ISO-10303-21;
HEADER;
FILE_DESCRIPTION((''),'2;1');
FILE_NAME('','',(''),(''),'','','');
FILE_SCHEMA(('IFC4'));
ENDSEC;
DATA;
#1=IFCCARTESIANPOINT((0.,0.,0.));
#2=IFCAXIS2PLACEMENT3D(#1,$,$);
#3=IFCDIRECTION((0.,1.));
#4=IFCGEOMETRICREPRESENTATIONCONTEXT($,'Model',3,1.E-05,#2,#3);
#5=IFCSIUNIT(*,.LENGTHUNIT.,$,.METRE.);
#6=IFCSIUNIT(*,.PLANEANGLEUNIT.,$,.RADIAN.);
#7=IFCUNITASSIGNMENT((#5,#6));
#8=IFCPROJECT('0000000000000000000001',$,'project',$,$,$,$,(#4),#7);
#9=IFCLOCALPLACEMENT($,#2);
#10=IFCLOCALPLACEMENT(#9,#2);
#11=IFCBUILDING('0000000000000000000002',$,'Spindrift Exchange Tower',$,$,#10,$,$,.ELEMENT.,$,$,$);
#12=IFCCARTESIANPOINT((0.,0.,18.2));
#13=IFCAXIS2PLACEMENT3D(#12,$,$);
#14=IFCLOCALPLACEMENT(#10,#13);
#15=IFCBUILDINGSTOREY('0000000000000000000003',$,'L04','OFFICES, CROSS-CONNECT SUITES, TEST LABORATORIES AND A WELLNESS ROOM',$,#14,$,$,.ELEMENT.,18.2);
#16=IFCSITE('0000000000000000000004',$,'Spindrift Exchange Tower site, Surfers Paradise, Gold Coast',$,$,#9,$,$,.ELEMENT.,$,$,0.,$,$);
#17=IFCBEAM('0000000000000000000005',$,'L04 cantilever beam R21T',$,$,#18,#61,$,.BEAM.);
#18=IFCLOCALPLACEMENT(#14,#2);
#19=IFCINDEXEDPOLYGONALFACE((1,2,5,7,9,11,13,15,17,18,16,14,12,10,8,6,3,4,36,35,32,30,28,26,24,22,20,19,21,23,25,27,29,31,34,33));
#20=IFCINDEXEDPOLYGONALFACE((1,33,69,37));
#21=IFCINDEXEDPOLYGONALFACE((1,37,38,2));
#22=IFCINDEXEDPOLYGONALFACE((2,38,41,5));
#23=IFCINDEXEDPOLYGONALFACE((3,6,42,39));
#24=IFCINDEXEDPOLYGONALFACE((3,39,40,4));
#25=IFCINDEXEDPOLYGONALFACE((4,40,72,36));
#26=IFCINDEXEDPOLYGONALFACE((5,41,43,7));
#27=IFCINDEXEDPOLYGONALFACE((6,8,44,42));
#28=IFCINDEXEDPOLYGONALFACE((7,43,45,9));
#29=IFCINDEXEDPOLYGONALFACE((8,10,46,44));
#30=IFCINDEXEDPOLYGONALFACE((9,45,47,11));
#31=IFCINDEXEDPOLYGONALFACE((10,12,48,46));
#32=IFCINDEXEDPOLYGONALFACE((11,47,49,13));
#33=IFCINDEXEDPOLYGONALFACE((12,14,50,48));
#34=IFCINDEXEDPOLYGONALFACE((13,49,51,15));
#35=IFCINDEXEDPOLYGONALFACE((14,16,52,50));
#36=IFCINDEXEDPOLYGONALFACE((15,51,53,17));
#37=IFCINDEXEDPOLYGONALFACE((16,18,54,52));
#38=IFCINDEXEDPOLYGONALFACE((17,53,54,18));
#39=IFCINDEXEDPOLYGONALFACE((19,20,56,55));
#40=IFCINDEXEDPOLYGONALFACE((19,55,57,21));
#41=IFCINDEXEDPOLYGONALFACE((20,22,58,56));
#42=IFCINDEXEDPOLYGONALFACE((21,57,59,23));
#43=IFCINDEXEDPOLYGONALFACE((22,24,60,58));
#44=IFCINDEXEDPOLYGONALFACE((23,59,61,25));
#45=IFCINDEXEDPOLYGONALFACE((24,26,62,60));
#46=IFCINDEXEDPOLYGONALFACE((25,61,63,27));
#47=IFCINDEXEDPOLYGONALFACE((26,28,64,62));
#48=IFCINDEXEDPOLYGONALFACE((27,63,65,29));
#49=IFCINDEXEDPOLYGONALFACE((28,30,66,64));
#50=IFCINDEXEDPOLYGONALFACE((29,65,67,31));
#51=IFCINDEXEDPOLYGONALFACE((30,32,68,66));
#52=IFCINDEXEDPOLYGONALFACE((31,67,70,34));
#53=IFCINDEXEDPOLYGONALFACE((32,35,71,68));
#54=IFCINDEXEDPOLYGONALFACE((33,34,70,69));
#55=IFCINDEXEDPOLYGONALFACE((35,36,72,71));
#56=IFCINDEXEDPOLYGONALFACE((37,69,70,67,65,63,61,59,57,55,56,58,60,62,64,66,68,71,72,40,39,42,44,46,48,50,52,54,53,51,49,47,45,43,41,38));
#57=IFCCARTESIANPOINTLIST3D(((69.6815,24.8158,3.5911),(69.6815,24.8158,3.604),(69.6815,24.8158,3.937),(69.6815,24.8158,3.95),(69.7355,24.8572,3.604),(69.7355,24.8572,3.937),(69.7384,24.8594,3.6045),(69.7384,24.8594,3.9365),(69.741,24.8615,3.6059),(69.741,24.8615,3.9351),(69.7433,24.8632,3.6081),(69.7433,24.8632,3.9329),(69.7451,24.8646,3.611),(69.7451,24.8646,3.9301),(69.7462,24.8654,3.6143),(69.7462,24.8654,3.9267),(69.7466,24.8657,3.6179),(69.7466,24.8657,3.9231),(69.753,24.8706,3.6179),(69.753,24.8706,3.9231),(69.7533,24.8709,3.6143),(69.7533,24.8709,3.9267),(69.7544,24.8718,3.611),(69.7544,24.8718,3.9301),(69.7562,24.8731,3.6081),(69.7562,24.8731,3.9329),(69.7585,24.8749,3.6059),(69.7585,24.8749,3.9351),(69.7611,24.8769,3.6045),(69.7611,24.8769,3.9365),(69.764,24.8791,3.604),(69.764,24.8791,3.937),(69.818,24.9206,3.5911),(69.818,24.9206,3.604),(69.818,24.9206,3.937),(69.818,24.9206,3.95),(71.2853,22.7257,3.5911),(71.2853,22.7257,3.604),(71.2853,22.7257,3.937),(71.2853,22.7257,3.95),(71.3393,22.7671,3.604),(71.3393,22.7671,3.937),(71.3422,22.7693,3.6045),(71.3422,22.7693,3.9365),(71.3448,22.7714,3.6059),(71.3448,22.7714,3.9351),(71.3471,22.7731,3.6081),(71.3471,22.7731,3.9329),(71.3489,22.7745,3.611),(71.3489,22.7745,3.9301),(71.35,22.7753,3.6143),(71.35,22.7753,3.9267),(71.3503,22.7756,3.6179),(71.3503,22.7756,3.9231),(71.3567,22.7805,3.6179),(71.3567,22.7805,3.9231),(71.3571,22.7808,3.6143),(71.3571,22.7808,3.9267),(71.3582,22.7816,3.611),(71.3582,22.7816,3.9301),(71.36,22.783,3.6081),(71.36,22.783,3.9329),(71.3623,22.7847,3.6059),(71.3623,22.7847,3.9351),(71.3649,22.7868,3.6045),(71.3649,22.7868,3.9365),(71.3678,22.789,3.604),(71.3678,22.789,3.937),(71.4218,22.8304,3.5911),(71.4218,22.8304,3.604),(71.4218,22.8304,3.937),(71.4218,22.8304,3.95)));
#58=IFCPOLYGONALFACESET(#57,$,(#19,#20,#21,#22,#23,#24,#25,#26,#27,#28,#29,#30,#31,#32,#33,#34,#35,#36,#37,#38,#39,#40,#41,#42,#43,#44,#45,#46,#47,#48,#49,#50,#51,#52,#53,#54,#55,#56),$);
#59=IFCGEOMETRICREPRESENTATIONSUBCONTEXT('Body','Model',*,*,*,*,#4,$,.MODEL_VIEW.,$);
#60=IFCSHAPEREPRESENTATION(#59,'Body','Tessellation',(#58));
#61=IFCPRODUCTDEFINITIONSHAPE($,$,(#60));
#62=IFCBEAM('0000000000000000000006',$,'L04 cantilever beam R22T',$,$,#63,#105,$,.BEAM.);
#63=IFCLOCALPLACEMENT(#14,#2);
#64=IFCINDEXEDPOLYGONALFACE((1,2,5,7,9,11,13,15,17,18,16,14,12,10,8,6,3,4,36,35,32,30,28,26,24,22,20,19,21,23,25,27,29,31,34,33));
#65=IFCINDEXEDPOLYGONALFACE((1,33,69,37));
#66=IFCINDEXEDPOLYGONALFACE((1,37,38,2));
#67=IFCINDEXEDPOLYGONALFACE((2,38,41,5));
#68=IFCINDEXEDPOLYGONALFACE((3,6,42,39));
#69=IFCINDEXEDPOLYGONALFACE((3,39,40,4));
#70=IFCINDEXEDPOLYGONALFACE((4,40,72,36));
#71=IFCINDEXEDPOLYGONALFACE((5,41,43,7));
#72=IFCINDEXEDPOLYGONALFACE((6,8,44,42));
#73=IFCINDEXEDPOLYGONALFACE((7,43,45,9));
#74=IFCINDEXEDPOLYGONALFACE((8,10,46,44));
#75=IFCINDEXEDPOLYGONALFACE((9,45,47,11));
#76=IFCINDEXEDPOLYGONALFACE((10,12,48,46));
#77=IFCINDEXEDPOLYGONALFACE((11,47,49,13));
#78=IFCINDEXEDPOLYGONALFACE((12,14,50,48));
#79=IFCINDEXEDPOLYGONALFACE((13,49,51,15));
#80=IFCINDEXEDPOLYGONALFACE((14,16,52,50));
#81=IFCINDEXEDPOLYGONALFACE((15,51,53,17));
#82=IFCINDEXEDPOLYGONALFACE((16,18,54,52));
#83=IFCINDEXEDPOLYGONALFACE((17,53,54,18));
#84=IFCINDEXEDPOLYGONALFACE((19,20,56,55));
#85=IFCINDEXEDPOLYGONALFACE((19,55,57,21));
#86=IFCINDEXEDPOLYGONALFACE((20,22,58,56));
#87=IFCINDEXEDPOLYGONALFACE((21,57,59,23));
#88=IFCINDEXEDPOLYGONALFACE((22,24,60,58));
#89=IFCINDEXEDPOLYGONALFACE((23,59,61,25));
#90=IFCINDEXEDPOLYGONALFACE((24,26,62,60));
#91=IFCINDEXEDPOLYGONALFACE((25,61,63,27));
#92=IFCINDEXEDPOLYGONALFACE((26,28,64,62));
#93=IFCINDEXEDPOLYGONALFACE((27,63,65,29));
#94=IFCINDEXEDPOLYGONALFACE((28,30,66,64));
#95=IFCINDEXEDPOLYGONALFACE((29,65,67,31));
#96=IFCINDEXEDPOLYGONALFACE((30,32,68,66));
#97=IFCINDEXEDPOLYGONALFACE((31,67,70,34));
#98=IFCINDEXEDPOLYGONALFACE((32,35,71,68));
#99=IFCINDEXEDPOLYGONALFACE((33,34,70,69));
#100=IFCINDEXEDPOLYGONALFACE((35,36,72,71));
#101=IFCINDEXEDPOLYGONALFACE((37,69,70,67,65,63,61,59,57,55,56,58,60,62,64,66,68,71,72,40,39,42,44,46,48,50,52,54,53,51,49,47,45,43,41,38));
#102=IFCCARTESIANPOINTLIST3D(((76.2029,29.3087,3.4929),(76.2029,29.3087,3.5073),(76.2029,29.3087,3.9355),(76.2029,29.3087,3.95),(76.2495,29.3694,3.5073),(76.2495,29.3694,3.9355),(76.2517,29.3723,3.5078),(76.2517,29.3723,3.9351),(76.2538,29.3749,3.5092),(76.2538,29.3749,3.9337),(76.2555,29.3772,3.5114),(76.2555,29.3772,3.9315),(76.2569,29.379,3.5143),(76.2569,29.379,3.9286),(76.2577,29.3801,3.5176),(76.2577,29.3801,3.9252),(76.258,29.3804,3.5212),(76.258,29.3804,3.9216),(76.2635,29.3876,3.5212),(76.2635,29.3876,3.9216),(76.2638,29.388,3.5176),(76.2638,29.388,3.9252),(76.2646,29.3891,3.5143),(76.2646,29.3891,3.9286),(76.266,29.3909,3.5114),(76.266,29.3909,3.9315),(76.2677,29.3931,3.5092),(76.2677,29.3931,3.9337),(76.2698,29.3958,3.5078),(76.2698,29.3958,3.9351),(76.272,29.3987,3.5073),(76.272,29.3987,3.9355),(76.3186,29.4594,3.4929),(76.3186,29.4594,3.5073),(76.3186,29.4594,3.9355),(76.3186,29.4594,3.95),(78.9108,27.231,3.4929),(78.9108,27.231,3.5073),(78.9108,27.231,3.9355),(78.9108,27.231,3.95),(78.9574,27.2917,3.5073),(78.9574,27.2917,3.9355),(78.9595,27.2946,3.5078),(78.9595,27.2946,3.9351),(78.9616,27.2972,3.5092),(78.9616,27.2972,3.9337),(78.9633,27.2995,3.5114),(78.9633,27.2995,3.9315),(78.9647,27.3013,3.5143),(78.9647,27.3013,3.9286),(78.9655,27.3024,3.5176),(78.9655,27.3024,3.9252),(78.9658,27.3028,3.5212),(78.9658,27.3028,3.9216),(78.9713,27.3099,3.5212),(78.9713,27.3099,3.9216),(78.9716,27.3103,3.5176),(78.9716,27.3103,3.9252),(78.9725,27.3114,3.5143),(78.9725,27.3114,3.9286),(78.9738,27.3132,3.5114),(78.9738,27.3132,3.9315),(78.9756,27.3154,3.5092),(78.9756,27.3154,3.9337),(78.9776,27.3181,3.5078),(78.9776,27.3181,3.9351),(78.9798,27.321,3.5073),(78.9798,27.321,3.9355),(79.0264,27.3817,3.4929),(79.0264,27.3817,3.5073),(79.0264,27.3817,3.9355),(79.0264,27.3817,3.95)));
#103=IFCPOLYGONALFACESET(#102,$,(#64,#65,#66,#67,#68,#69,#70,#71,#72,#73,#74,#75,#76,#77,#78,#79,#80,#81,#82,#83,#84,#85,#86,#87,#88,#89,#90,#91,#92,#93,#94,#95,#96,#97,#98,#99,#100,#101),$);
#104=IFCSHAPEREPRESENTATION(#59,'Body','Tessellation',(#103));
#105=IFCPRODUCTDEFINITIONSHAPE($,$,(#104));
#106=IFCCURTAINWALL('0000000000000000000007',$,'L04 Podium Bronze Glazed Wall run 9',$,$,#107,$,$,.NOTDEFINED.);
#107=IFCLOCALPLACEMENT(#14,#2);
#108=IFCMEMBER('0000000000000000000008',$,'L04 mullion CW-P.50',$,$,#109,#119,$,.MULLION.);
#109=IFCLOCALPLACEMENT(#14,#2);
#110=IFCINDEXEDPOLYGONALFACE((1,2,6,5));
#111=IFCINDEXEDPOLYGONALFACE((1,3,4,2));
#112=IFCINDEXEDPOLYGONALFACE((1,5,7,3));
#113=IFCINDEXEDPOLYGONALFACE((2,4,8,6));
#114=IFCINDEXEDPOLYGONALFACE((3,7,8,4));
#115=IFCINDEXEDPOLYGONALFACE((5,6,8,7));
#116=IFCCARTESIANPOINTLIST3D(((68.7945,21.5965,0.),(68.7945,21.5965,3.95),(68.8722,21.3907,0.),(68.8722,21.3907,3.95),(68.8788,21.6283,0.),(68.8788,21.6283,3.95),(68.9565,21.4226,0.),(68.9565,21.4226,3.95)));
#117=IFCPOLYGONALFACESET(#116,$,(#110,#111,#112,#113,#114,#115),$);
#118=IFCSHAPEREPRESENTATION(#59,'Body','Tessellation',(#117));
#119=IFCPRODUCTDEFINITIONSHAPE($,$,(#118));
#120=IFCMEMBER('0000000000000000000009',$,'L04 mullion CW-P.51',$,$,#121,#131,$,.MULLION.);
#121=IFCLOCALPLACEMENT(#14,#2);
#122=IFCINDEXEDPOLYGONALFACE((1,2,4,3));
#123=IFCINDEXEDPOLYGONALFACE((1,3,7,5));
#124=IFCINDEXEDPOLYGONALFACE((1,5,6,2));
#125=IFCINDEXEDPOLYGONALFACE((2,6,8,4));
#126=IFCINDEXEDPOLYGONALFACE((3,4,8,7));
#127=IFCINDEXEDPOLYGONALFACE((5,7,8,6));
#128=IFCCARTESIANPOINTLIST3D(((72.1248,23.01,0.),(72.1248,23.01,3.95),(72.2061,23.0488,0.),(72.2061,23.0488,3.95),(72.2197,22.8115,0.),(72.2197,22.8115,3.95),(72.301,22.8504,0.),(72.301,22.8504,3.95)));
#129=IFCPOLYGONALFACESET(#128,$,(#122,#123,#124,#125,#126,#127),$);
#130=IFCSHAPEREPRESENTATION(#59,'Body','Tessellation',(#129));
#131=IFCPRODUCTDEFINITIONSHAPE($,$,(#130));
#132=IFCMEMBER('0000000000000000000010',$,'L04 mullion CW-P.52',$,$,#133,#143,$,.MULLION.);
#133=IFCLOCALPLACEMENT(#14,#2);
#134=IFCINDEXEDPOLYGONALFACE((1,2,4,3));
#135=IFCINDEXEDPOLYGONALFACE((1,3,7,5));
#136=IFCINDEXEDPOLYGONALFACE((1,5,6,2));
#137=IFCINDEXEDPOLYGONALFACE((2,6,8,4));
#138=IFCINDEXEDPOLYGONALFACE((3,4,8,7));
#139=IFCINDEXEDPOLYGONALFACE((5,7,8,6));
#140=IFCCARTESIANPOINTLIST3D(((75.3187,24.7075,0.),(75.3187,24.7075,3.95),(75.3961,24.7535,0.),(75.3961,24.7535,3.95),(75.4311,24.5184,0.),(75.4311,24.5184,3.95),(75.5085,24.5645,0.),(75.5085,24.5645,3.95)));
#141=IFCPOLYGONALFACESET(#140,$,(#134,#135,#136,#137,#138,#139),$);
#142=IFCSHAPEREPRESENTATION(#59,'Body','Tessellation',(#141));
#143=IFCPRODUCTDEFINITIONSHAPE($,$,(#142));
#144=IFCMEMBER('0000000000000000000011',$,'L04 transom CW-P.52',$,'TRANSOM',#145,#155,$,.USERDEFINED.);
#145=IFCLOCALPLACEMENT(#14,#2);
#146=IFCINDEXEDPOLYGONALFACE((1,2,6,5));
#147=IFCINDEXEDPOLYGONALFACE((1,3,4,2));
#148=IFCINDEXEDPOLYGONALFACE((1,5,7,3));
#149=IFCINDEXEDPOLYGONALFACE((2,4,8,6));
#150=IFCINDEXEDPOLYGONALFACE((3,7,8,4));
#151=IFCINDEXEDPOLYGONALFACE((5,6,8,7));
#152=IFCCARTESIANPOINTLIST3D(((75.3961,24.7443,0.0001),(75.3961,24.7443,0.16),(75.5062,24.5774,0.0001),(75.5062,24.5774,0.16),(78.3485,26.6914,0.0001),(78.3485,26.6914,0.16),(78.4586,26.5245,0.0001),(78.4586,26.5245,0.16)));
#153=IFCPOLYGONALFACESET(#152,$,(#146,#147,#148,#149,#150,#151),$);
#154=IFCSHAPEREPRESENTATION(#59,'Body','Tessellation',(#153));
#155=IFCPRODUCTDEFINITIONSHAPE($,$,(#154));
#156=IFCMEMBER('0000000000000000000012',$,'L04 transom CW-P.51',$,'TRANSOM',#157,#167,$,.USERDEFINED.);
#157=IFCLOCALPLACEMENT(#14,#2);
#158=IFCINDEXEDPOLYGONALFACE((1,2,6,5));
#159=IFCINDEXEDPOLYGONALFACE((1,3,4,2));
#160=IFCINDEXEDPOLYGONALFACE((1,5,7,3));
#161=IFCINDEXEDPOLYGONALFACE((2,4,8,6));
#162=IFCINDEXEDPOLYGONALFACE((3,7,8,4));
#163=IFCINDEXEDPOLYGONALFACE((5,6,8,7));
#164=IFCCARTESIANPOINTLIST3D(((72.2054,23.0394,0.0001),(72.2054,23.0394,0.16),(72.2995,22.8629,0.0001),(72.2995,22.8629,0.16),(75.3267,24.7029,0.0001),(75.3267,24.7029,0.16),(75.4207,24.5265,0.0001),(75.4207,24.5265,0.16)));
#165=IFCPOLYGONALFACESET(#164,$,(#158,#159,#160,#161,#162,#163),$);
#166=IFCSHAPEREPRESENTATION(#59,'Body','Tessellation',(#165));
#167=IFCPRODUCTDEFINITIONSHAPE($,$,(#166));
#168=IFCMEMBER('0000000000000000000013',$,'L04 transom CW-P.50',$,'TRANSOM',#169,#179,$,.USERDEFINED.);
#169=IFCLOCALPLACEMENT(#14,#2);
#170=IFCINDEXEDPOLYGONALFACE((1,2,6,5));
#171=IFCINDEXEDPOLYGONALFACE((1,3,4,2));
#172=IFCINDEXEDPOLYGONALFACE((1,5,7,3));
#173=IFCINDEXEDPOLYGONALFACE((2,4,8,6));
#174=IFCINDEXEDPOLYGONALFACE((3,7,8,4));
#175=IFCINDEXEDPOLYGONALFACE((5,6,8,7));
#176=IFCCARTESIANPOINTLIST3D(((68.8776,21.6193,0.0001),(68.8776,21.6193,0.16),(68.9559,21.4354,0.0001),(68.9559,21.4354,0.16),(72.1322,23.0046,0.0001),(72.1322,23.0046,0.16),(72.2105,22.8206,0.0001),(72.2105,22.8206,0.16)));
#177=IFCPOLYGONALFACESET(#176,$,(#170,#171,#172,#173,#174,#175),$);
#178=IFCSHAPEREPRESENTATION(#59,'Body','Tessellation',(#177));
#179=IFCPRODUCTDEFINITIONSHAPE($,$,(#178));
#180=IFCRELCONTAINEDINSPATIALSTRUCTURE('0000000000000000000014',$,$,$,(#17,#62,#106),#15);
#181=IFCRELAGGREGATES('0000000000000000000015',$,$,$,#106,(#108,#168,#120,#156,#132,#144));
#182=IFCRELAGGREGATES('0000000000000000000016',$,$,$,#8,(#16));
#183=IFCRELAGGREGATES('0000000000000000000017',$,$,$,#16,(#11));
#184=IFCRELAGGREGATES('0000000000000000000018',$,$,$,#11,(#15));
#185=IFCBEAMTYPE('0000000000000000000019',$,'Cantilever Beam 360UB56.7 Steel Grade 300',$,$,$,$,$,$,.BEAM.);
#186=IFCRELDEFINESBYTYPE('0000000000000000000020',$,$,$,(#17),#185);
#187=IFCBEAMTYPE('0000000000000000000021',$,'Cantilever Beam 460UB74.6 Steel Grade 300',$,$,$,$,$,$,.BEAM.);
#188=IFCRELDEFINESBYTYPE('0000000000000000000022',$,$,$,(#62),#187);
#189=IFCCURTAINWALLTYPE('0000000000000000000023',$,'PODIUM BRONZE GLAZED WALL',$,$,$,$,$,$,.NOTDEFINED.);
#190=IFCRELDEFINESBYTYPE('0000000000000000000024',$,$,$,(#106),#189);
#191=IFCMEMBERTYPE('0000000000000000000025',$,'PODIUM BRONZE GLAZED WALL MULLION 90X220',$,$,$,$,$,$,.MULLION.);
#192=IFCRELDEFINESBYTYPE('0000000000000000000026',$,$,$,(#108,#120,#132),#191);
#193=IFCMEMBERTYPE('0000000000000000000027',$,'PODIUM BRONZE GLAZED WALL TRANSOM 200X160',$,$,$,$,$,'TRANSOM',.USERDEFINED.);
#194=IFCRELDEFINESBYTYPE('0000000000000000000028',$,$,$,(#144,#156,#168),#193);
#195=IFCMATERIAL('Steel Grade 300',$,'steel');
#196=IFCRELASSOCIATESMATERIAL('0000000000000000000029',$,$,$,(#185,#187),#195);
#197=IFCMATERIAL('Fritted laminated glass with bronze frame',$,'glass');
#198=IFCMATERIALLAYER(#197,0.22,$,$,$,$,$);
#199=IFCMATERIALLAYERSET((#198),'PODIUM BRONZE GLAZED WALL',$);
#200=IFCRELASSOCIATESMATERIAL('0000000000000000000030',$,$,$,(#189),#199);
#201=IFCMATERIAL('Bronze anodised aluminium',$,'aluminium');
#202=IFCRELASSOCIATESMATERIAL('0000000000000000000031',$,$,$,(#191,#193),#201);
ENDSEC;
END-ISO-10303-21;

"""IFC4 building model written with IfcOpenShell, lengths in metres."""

from ifc_helpers import new_model, si_unit, direction, frame, origin, origin_2d, place, context, subcontext, project, spatial, rectangle, i_section, extrude, source, transform, mapped, material, layer, layer_set, material_profile, profile_set, type_object, element, aggregate, save


model = new_model("IFC4")

# Units and contexts
model_context = context("Model", 3, precision=1e-05, world=origin(), true_north=direction((0.0, 1.0)))
body_context = subcontext(model_context, "Body", "Model", "MODEL_VIEW")
ifc_project = project(units=[si_unit("LENGTHUNIT", "METRE"), si_unit("PLANEANGLEUNIT", "RADIAN")], contexts=[model_context])

# Site, building, storey
site_placement = place(None, origin())
site = spatial("IfcSite", under=ifc_project, at=site_placement, Name="Spindrift Exchange Tower site, Surfers Paradise, Gold Coast", CompositionType="ELEMENT", RefElevation=0.0)
building_placement = place(site_placement, origin())
building = spatial("IfcBuilding", under=site, at=building_placement, Name="Spindrift Exchange Tower", CompositionType="ELEMENT")
storey_placement = place(building_placement, frame((0.0, 0.0, 18.2)))
storey = spatial("IfcBuildingStorey", under=building, at=storey_placement, Name="L04", Description="OFFICES, CROSS-CONNECT SUITES, TEST LABORATORIES AND A WELLNESS ROOM", CompositionType="ELEMENT", Elevation=18.2)

# Beams
ifc_material_1 = material(Name="Steel Grade 300", Category="steel")
ifc_material_profile_1 = material_profile(ifc_material_1, i_section(OverallWidth=0.1721, OverallDepth=0.3589, WebThickness=0.0081, FlangeThickness=0.0129, FilletRadius=0.0139, at=origin_2d()), Name="360UB56.7")
ifc_profile_set_1 = profile_set([ifc_material_profile_1], Name="Steel Grade 300")
beam_type_1 = type_object("IfcBeamType", Name="Cantilever Beam 360UB56.7 Steel Grade 300", PredefinedType="BEAM", material=ifc_profile_set_1)
shared_shape_1 = source(origin(), body_context, "Body", "SweptSolid", [
    extrude(i_section(OverallWidth=0.1721, OverallDepth=0.3589, WebThickness=0.0081, FlangeThickness=0.0129, FilletRadius=0.0139, at=origin_2d()), origin(), (0.0, 0.0, 1.0), 2.6345),
])
beam_1_placement = place(storey_placement, frame((69.7498, 24.8682, 3.7705), z_axis=(0.608756, -0.793357, 0.0), x_axis=(0.793357, 0.608756, 0.0)))
element("IfcBeam", 1, at=beam_1_placement, inside=storey, type_object=beam_type_1, Name="L04 cantilever beam R21T", PredefinedType="BEAM", context=body_context, shape_type="MappedRepresentation", body=[
    mapped(shared_shape_1, transform((0.0, 0.0, 0.0), scale=1.0)),
])
ifc_material_profile_2 = material_profile(ifc_material_1, i_section(OverallWidth=0.1899, OverallDepth=0.457, WebThickness=0.009, FlangeThickness=0.0144, FilletRadius=0.0139, at=origin_2d()), Name="460UB74.6")
ifc_profile_set_2 = profile_set([ifc_material_profile_2], Name="Steel Grade 300")
beam_type_2 = type_object("IfcBeamType", Name="Cantilever Beam 460UB74.6 Steel Grade 300", PredefinedType="BEAM", material=ifc_profile_set_2)
shared_shape_2 = source(origin(), body_context, "Body", "SweptSolid", [
    extrude(i_section(OverallWidth=0.1899, OverallDepth=0.457, WebThickness=0.009, FlangeThickness=0.0144, FilletRadius=0.0139, at=origin_2d()), origin(), (0.0, 0.0, 1.0), 3.4131),
])
beam_2_placement = place(storey_placement, frame((76.2607, 29.384, 3.7214), z_axis=(0.793368, -0.608742, 0.0), x_axis=(0.608742, 0.793368, 0.0)))
element("IfcBeam", 2, at=beam_2_placement, inside=storey, type_object=beam_type_2, Name="L04 cantilever beam R22T", PredefinedType="BEAM", context=body_context, shape_type="MappedRepresentation", body=[
    mapped(shared_shape_2, transform((0.0, 0.0, 0.0), scale=1.0)),
])

# Curtain wall, members
ifc_material_2 = material(Name="Fritted laminated glass with bronze frame", Category="glass")
ifc_layer_1 = layer(ifc_material_2, 0.22)
ifc_layer_set_1 = layer_set([ifc_layer_1], Name="PODIUM BRONZE GLAZED WALL")
curtain_wall_type = type_object("IfcCurtainWallType", Name="PODIUM BRONZE GLAZED WALL", PredefinedType="NOTDEFINED", material=ifc_layer_set_1)
curtain_wall_placement = place(storey_placement, origin())
curtain_wall = element("IfcCurtainWall", 3, at=curtain_wall_placement, inside=storey, type_object=curtain_wall_type, Name="L04 Podium Bronze Glazed Wall run 9", PredefinedType="NOTDEFINED")
ifc_material_3 = material(Name="Bronze anodised aluminium", Category="aluminium")
ifc_material_profile_3 = material_profile(ifc_material_3, rectangle(XDim=0.0901, YDim=0.22, at=origin_2d()), Name="PODIUM BRONZE GLAZED WALL MULLION 90X220")
ifc_profile_set_3 = profile_set([ifc_material_profile_3], Name="Bronze anodised aluminium")
member_type_1 = type_object("IfcMemberType", Name="PODIUM BRONZE GLAZED WALL MULLION 90X220", PredefinedType="MULLION", material=ifc_profile_set_3)
shared_shape_3 = source(origin(), body_context, "Body", "SweptSolid", [
    extrude(rectangle(XDim=0.0901, YDim=0.22, at=origin_2d()), origin(), (0.0, 0.0, 1.0), 3.95),
])
member_1_placement = place(storey_placement, frame((68.8755, 21.5095, 0.0), z_axis=(0.0, 0.0, 1.0), x_axis=(0.935479, 0.353382, 0.0)))
member_1 = element("IfcMember", 4, at=member_1_placement, type_object=member_type_1, Name="L04 mullion CW-P.50", PredefinedType="MULLION", context=body_context, shape_type="MappedRepresentation", body=[
    mapped(shared_shape_3, transform((0.0, 0.0, 0.0), scale=1.0)),
])
member_2_placement = place(storey_placement, frame((72.2129, 22.9302, 0.0), z_axis=(0.0, 0.0, 1.0), x_axis=(0.902161, 0.431399, 0.0)))
member_2 = element("IfcMember", 5, at=member_2_placement, type_object=member_type_1, Name="L04 mullion CW-P.51", PredefinedType="MULLION", context=body_context, shape_type="MappedRepresentation", body=[
    mapped(shared_shape_3, transform((0.0, 0.0, 0.0), scale=1.0)),
])
member_3_placement = place(storey_placement, frame((75.4136, 24.636, 0.0), z_axis=(0.0, 0.0, 1.0), x_axis=(0.859577, 0.511007, 0.0)))
member_3 = element("IfcMember", 6, at=member_3_placement, type_object=member_type_1, Name="L04 mullion CW-P.52", PredefinedType="MULLION", context=body_context, shape_type="MappedRepresentation", body=[
    mapped(shared_shape_3, transform((0.0, 0.0, 0.0), scale=1.0)),
])
ifc_material_profile_4 = material_profile(ifc_material_3, rectangle(XDim=0.2, YDim=0.1599, at=origin_2d()), Name="PODIUM BRONZE GLAZED WALL TRANSOM 200X160")
ifc_profile_set_4 = profile_set([ifc_material_profile_4], Name="Bronze anodised aluminium")
member_type_2 = type_object("IfcMemberType", Name="PODIUM BRONZE GLAZED WALL TRANSOM 200X160", ElementType="TRANSOM", PredefinedType="USERDEFINED", material=ifc_profile_set_4)
shared_shape_4 = source(origin(), body_context, "Body", "SweptSolid", [
    extrude(rectangle(XDim=0.2, YDim=0.1599, at=origin_2d()), origin(), (0.0, 0.0, 1.0), 3.5366),
])
member_4_placement = place(storey_placement, frame((75.4512, 24.6609, 0.0801), z_axis=(0.834812, 0.550535, 0.0), x_axis=(-0.550535, 0.834812, 0.0)))
member_4 = element("IfcMember", 7, at=member_4_placement, type_object=member_type_2, Name="L04 transom CW-P.52", ObjectType="TRANSOM", PredefinedType="USERDEFINED", context=body_context, shape_type="MappedRepresentation", body=[
    mapped(shared_shape_4, transform((0.0, 0.0, 0.0), scale=1.0)),
])
shared_shape_5 = source(origin(), body_context, "Body", "SweptSolid", [
    extrude(rectangle(XDim=0.2, YDim=0.1599, at=origin_2d()), origin(), (0.0, 0.0, 1.0), 3.5369),
])
member_5_placement = place(storey_placement, frame((72.2524, 22.9512, 0.0801), z_axis=(0.882487, 0.470337, 0.0), x_axis=(-0.470337, 0.882487, 0.0)))
member_5 = element("IfcMember", 8, at=member_5_placement, type_object=member_type_2, Name="L04 transom CW-P.51", ObjectType="TRANSOM", PredefinedType="USERDEFINED", context=body_context, shape_type="MappedRepresentation", body=[
    mapped(shared_shape_5, transform((0.0, 0.0, 0.0), scale=1.0)),
])
shared_shape_6 = source(origin(), body_context, "Body", "SweptSolid", [
    extrude(rectangle(XDim=0.2, YDim=0.1599, at=origin_2d()), origin(), (0.0, 0.0, 1.0), 3.5371),
])
member_6_placement = place(storey_placement, frame((68.9167, 21.5273, 0.0801), z_axis=(0.920124, 0.391627, 0.0), x_axis=(-0.391627, 0.920124, 0.0)))
member_6 = element("IfcMember", 9, at=member_6_placement, type_object=member_type_2, Name="L04 transom CW-P.50", ObjectType="TRANSOM", PredefinedType="USERDEFINED", context=body_context, shape_type="MappedRepresentation", body=[
    mapped(shared_shape_6, transform((0.0, 0.0, 0.0), scale=1.0)),
])
aggregate(curtain_wall, [member_1, member_6, member_2, member_5, member_3, member_4])

save(model, "model.ifc")
